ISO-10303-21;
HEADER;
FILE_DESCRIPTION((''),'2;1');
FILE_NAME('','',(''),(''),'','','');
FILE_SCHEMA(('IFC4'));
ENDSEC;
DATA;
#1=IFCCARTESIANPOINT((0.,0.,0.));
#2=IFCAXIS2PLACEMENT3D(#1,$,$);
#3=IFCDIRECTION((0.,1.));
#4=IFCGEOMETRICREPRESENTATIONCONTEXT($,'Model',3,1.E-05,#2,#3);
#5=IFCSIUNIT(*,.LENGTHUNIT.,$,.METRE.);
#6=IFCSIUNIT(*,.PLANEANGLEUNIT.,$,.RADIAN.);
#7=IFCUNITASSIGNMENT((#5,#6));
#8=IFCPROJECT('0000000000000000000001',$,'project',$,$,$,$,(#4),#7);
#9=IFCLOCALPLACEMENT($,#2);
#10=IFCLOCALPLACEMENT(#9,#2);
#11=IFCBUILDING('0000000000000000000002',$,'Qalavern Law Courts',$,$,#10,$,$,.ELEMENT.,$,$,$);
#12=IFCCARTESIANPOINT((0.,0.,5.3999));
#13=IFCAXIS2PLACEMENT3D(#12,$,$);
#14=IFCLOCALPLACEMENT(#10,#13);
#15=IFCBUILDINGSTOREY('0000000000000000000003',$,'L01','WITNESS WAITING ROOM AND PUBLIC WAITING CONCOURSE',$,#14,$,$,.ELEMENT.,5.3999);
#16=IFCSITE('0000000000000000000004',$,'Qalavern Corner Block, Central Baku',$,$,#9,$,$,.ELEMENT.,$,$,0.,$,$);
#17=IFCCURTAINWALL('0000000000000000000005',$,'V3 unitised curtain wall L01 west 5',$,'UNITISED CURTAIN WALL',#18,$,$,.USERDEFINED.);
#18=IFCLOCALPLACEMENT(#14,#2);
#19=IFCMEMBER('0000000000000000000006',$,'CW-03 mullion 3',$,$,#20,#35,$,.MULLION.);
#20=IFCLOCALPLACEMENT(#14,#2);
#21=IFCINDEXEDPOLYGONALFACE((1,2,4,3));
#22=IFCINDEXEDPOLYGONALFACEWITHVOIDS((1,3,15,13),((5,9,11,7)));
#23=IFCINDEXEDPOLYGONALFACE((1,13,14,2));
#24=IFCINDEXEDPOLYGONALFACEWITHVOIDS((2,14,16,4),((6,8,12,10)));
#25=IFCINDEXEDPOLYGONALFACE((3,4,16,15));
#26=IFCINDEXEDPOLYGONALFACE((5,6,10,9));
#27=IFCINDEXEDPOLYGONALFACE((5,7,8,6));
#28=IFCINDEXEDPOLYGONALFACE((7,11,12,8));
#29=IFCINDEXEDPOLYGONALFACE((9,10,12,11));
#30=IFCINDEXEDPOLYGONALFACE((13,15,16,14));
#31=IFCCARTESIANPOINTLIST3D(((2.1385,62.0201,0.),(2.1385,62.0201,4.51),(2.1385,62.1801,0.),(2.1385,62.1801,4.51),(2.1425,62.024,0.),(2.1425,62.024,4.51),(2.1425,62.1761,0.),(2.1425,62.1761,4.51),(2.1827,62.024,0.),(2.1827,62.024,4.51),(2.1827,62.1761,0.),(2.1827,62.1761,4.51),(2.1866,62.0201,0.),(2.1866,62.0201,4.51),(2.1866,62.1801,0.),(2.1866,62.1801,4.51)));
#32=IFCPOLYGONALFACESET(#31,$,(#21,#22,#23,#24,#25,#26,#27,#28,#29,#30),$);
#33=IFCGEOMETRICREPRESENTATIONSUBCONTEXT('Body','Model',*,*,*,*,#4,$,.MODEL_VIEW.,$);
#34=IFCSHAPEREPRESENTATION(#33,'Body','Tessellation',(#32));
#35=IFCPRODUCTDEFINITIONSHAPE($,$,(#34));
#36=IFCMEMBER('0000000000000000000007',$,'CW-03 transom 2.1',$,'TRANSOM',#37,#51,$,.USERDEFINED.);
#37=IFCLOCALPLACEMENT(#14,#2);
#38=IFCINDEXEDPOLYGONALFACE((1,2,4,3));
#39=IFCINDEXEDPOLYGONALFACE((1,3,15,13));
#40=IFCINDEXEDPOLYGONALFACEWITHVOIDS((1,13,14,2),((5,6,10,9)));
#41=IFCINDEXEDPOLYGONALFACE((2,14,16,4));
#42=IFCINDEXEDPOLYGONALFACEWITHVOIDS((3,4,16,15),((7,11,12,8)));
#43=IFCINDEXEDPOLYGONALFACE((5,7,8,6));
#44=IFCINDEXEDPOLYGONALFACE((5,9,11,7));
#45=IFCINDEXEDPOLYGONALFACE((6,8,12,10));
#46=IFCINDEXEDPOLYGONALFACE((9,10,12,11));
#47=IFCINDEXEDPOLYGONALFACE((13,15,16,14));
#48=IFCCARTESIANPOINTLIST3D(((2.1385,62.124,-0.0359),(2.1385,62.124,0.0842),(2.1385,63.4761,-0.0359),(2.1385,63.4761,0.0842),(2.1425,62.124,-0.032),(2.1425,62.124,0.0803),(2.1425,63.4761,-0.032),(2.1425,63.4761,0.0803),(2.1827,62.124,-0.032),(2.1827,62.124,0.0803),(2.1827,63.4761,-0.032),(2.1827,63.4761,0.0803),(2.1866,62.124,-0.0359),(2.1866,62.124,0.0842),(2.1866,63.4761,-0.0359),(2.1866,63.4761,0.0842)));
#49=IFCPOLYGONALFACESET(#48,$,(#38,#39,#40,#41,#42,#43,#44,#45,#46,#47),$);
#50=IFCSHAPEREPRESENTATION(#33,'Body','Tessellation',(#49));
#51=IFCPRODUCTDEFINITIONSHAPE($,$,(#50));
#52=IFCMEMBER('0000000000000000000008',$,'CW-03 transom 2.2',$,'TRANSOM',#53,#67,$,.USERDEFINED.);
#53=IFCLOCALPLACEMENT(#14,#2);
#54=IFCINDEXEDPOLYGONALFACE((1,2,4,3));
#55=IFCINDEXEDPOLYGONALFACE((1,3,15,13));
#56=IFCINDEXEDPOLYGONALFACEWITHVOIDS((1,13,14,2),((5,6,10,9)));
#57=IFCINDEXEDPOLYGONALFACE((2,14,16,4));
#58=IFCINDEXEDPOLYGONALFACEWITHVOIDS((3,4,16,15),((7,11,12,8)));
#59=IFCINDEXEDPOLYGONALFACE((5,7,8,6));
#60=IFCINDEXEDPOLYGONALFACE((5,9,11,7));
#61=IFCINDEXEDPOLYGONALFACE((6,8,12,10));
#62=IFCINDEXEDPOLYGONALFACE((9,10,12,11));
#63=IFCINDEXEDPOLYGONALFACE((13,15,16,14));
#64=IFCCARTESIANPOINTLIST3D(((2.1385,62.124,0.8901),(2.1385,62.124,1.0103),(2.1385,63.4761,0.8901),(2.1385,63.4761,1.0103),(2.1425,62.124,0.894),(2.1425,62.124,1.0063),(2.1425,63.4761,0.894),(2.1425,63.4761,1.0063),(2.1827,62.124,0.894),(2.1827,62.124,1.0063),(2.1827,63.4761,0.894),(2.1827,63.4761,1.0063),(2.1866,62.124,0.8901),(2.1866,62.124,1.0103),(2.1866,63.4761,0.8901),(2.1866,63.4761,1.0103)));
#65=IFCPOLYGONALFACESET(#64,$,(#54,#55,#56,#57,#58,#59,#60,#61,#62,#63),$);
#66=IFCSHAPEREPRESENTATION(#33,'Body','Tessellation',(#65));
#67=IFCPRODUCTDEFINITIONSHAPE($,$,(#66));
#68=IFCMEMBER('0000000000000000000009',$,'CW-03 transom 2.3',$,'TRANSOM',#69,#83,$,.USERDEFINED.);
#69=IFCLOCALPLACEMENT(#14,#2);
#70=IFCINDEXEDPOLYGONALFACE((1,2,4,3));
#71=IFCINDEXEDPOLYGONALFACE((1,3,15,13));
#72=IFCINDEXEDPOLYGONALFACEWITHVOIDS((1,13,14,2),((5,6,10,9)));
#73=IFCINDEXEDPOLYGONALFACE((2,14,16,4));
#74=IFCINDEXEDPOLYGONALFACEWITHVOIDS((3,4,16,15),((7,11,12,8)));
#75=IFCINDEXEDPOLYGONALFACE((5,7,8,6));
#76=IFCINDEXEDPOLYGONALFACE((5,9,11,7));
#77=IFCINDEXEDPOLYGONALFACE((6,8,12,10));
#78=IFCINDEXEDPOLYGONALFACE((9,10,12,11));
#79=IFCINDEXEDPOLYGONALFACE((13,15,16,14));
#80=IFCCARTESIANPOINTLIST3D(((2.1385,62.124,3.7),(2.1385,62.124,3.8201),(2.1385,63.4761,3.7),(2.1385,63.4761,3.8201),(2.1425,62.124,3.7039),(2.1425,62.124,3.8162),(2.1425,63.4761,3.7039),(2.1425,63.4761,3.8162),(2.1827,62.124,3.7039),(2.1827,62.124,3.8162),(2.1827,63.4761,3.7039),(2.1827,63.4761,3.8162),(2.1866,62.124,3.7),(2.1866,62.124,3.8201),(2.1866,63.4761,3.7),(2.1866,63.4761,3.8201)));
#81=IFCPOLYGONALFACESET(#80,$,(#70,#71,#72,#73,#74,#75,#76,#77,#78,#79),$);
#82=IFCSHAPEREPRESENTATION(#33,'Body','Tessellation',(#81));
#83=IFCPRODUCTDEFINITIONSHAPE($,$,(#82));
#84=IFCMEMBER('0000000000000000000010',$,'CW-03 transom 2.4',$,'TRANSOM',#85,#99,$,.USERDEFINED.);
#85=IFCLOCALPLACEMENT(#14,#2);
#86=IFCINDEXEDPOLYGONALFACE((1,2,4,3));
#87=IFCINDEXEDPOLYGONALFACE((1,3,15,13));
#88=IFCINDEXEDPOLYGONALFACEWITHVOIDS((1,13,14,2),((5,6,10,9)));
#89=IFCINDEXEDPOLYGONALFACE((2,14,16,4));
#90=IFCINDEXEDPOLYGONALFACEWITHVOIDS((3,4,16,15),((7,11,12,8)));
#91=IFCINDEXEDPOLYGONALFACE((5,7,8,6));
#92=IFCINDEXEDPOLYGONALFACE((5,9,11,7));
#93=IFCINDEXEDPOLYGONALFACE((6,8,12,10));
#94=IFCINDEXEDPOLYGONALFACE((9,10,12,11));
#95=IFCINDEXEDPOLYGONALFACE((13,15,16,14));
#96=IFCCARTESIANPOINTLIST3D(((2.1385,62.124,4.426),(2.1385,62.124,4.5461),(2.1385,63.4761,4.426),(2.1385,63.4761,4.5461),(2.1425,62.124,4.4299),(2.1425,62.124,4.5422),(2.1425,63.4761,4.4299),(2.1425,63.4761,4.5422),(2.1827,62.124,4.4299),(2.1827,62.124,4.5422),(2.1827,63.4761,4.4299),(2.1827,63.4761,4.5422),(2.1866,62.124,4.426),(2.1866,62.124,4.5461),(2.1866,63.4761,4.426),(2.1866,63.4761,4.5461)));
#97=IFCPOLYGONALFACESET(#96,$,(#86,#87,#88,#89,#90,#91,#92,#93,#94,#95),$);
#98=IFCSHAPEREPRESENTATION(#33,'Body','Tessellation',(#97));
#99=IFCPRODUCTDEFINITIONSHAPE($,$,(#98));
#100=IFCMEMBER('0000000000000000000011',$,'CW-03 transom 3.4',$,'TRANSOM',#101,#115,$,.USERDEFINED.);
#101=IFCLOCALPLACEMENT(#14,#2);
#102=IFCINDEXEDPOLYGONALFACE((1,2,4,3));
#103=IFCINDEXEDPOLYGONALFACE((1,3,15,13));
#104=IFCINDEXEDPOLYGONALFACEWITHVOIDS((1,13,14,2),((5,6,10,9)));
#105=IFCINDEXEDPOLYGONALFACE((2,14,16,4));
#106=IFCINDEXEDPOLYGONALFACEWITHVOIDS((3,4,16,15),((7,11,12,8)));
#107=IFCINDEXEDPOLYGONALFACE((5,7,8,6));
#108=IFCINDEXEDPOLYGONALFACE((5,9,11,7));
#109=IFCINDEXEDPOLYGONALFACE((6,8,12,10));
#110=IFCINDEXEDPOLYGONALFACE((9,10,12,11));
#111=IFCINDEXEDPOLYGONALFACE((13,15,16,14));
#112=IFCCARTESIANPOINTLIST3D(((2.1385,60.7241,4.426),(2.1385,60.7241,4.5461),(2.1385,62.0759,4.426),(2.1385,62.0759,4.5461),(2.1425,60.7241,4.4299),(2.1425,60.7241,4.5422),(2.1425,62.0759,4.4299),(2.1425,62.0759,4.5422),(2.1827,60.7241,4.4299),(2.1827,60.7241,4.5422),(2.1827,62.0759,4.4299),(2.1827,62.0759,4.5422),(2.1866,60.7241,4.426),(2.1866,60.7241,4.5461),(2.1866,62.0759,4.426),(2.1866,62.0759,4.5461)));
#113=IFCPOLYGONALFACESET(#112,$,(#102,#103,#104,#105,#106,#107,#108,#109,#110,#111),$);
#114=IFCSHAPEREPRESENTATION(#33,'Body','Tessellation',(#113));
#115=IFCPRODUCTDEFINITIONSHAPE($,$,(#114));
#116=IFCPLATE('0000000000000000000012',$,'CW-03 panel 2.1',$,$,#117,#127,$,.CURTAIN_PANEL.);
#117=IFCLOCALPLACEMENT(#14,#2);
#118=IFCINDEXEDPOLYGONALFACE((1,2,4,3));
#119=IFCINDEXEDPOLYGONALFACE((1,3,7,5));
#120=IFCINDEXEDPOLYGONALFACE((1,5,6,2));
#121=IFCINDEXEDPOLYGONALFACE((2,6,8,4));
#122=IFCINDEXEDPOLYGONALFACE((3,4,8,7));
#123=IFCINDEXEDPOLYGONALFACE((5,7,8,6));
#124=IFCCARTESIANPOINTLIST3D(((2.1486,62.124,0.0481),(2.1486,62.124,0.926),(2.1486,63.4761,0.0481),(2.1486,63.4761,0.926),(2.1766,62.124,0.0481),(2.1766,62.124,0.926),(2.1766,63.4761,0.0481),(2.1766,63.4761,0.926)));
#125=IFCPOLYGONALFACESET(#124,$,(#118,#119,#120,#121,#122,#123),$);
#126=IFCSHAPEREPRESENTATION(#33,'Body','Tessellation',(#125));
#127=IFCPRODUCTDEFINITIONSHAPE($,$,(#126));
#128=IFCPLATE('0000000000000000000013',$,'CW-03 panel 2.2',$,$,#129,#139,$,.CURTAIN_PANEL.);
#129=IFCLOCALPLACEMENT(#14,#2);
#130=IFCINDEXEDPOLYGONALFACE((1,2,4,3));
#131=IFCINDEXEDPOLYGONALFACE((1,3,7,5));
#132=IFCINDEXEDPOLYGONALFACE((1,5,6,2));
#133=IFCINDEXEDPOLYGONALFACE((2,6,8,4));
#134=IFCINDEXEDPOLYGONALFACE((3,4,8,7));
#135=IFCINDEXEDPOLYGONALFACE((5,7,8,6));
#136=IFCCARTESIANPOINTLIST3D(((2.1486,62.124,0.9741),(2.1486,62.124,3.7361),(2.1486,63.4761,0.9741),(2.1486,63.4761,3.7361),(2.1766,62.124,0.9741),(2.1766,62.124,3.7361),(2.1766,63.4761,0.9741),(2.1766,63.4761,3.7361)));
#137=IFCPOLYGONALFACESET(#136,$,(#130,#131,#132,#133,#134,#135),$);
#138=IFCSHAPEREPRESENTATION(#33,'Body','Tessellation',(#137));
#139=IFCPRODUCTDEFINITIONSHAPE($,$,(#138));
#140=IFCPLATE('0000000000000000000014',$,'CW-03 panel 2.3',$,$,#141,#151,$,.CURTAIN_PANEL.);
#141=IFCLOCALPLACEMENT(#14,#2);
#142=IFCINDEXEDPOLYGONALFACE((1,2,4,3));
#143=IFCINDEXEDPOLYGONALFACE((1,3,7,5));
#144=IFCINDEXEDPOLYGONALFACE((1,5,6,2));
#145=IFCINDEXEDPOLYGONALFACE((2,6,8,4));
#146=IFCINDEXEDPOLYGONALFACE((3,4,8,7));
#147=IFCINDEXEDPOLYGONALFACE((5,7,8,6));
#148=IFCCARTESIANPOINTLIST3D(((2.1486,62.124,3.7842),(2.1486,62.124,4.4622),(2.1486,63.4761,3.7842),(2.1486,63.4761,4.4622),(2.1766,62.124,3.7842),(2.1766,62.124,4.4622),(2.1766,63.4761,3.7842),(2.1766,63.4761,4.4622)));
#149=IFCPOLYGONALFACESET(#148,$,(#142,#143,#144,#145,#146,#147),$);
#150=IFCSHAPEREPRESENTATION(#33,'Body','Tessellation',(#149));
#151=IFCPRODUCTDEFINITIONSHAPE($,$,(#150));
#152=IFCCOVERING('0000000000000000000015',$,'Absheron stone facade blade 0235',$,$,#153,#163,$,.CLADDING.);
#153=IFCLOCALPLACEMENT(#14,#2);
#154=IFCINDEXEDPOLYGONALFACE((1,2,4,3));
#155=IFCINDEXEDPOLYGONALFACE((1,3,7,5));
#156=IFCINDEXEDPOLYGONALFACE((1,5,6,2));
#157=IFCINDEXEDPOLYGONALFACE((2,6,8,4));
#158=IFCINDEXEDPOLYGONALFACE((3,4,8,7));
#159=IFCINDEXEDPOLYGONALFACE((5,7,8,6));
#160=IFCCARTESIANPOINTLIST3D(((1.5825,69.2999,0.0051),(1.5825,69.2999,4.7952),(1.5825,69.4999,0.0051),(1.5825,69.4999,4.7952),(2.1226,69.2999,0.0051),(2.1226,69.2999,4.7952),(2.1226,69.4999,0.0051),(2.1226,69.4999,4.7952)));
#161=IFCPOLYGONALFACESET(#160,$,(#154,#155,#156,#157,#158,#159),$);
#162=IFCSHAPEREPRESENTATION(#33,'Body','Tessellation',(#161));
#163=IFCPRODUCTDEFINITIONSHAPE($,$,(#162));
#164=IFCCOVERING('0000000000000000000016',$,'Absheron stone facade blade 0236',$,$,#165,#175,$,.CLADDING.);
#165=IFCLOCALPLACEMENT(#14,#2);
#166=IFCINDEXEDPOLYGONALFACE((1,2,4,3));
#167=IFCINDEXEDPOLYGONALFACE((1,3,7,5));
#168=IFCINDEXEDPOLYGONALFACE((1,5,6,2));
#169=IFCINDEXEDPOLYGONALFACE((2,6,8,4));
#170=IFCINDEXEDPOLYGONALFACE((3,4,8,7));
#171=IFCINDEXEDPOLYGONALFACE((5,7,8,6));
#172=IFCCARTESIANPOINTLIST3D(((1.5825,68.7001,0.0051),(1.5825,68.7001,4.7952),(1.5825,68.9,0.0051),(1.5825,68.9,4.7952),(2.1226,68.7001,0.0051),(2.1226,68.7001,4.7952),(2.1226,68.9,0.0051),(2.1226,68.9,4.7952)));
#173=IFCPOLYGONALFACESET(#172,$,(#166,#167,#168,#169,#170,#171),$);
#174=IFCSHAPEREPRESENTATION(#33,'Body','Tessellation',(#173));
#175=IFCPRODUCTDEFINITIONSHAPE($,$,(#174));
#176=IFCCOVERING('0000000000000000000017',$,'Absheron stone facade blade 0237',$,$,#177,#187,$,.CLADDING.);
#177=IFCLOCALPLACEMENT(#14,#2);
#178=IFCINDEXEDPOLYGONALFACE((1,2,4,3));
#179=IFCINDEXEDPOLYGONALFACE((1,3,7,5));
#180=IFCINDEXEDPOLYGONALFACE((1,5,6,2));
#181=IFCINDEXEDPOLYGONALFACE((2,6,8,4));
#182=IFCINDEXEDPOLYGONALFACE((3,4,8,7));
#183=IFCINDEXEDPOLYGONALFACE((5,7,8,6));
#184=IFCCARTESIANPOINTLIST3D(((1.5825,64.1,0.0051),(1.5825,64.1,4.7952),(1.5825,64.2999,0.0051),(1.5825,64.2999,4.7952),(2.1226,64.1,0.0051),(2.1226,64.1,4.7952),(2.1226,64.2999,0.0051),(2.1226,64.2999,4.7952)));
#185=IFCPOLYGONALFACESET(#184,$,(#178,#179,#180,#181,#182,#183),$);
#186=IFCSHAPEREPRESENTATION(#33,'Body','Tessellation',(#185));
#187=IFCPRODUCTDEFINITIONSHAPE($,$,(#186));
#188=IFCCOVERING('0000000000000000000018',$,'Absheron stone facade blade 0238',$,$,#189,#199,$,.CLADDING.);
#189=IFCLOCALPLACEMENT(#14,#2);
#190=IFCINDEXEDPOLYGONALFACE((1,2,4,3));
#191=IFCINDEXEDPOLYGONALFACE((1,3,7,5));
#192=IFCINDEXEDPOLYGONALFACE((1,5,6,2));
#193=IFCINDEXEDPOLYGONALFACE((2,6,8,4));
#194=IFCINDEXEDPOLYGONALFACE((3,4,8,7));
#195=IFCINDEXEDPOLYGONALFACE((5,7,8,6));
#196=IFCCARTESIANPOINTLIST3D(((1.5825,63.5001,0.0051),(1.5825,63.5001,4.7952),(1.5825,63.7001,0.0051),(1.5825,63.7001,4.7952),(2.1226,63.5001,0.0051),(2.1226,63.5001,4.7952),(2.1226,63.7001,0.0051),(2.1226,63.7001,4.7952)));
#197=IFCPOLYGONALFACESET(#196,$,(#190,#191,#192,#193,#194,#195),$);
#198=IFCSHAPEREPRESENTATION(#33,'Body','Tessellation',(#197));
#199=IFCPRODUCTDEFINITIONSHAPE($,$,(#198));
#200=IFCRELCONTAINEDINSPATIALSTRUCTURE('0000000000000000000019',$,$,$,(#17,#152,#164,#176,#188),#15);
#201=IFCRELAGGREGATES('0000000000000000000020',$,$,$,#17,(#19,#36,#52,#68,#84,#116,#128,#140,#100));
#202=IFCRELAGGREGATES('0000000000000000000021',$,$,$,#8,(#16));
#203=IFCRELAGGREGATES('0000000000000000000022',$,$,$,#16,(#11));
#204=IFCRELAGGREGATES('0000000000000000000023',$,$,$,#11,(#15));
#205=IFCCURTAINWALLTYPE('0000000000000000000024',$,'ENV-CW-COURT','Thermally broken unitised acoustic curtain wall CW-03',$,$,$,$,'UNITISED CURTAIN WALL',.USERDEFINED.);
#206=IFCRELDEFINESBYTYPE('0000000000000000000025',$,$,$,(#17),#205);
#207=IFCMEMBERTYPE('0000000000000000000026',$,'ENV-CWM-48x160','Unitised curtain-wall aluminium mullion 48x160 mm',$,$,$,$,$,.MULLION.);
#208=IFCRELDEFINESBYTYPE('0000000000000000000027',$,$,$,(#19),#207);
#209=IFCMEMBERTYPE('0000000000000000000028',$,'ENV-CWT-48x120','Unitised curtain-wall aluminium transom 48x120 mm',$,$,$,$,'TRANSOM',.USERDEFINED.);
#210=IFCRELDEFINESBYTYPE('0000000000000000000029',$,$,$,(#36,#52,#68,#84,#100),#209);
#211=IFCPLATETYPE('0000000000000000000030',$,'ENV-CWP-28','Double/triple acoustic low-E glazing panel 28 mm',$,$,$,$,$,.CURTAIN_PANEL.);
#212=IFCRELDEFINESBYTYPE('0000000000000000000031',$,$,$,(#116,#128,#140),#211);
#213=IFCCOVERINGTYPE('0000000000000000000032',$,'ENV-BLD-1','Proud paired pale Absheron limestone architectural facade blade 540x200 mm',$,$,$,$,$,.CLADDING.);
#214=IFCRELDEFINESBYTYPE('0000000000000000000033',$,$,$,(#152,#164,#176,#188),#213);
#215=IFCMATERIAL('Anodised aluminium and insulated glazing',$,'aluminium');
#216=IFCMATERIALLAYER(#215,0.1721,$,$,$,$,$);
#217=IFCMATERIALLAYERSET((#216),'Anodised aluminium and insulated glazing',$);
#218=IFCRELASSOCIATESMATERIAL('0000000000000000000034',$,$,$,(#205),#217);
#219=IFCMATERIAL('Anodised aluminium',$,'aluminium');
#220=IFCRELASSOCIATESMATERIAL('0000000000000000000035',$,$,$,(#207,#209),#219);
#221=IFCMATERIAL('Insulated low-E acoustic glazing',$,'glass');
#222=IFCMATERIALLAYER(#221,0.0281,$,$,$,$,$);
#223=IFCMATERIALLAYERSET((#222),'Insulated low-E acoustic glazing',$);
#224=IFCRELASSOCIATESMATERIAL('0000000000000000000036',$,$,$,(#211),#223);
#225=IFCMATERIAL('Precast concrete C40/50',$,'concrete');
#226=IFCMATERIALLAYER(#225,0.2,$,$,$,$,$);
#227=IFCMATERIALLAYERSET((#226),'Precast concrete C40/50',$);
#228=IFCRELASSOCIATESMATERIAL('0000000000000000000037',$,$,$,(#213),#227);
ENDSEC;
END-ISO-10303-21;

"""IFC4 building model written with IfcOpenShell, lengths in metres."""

from ifc_helpers import new_model, si_unit, direction, frame, origin, origin_2d, place, context, subcontext, project, spatial, rectangle, hollow_rectangle, extrude, material, layer, layer_set, material_profile, profile_set, type_object, element, aggregate, save


model = new_model("IFC4")

# Units and contexts
model_context = context("Model", 3, precision=1e-05, world=origin(), true_north=direction((0.0, 1.0)))
body_context = subcontext(model_context, "Body", "Model", "MODEL_VIEW")
ifc_project = project(units=[si_unit("LENGTHUNIT", "METRE"), si_unit("PLANEANGLEUNIT", "RADIAN")], contexts=[model_context])

# Site, building, storey
site_placement = place(None, origin())
site = spatial("IfcSite", under=ifc_project, at=site_placement, Name="Qalavern Corner Block, Central Baku", CompositionType="ELEMENT", RefElevation=0.0)
building_placement = place(site_placement, origin())
building = spatial("IfcBuilding", under=site, at=building_placement, Name="Qalavern Law Courts", CompositionType="ELEMENT")
storey_placement = place(building_placement, frame((0.0, 0.0, 5.3999)))
storey = spatial("IfcBuildingStorey", under=building, at=storey_placement, Name="L01", Description="WITNESS WAITING ROOM AND PUBLIC WAITING CONCOURSE", CompositionType="ELEMENT", Elevation=5.3999)

# Curtain wall, members, plates
ifc_material_1 = material(Name="Anodised aluminium and insulated glazing", Category="aluminium")
ifc_layer_1 = layer(ifc_material_1, 0.1721)
ifc_layer_set_1 = layer_set([ifc_layer_1], Name="Anodised aluminium and insulated glazing")
curtain_wall_type = type_object("IfcCurtainWallType", Name="ENV-CW-COURT", Description="Thermally broken unitised acoustic curtain wall CW-03", ElementType="UNITISED CURTAIN WALL", PredefinedType="USERDEFINED", material=ifc_layer_set_1)
curtain_wall_placement = place(storey_placement, origin())
curtain_wall = element("IfcCurtainWall", 1, at=curtain_wall_placement, inside=storey, type_object=curtain_wall_type, Name="V3 unitised curtain wall L01 west 5", ObjectType="UNITISED CURTAIN WALL", PredefinedType="USERDEFINED")
ifc_material_2 = material(Name="Anodised aluminium", Category="aluminium")
ifc_material_profile_1 = material_profile(ifc_material_2, hollow_rectangle(XDim=0.0481, YDim=0.1599, WallThickness=0.0039, at=origin_2d()), Name="ALU MULLION 48x160")
ifc_profile_set_1 = profile_set([ifc_material_profile_1], Name="Anodised aluminium")
member_type_1 = type_object("IfcMemberType", Name="ENV-CWM-48x160", Description="Unitised curtain-wall aluminium mullion 48x160 mm", PredefinedType="MULLION", material=ifc_profile_set_1)
member_1_placement = place(storey_placement, frame((2.1626, 62.1001, 0.0), z_axis=(0.0, 0.0, 1.0), x_axis=(1.0, 0.0, 0.0)))
member_1 = element("IfcMember", 2, at=member_1_placement, type_object=member_type_1, Name="CW-03 mullion 3", PredefinedType="MULLION", context=body_context, shape_type="SweptSolid", body=[
    extrude(hollow_rectangle(XDim=0.0481, YDim=0.1599, WallThickness=0.0039, at=origin_2d()), origin(), (0.0, 0.0, 1.0), 4.51),
])
ifc_material_profile_2 = material_profile(ifc_material_2, hollow_rectangle(XDim=0.0481, YDim=0.1201, WallThickness=0.0039, at=origin_2d()), Name="ALU TRANSOM 48x120")
ifc_profile_set_2 = profile_set([ifc_material_profile_2], Name="Anodised aluminium")
member_type_2 = type_object("IfcMemberType", Name="ENV-CWT-48x120", Description="Unitised curtain-wall aluminium transom 48x120 mm", ElementType="TRANSOM", PredefinedType="USERDEFINED", material=ifc_profile_set_2)
member_2_placement = place(storey_placement, frame((2.1626, 63.4761, 0.0242), z_axis=(0.0, -1.0, 0.0), x_axis=(1.0, 0.0, 0.0)))
member_2 = element("IfcMember", 3, at=member_2_placement, type_object=member_type_2, Name="CW-03 transom 2.1", ObjectType="TRANSOM", PredefinedType="USERDEFINED", context=body_context, shape_type="SweptSolid", body=[
    extrude(hollow_rectangle(XDim=0.0481, YDim=0.1201, WallThickness=0.0039, at=origin_2d()), origin(), (0.0, 0.0, 1.0), 1.3521),
])
member_3_placement = place(storey_placement, frame((2.1626, 63.4761, 0.9502), z_axis=(0.0, -1.0, 0.0), x_axis=(1.0, 0.0, 0.0)))
member_3 = element("IfcMember", 4, at=member_3_placement, type_object=member_type_2, Name="CW-03 transom 2.2", ObjectType="TRANSOM", PredefinedType="USERDEFINED", context=body_context, shape_type="SweptSolid", body=[
    extrude(hollow_rectangle(XDim=0.0481, YDim=0.1201, WallThickness=0.0039, at=origin_2d()), origin(), (0.0, 0.0, 1.0), 1.3521),
])
member_4_placement = place(storey_placement, frame((2.1626, 63.4761, 3.76), z_axis=(0.0, -1.0, 0.0), x_axis=(1.0, 0.0, 0.0)))
member_4 = element("IfcMember", 5, at=member_4_placement, type_object=member_type_2, Name="CW-03 transom 2.3", ObjectType="TRANSOM", PredefinedType="USERDEFINED", context=body_context, shape_type="SweptSolid", body=[
    extrude(hollow_rectangle(XDim=0.0481, YDim=0.1201, WallThickness=0.0039, at=origin_2d()), origin(), (0.0, 0.0, 1.0), 1.3521),
])
member_5_placement = place(storey_placement, frame((2.1626, 63.4761, 4.4861), z_axis=(0.0, -1.0, 0.0), x_axis=(1.0, 0.0, 0.0)))
member_5 = element("IfcMember", 6, at=member_5_placement, type_object=member_type_2, Name="CW-03 transom 2.4", ObjectType="TRANSOM", PredefinedType="USERDEFINED", context=body_context, shape_type="SweptSolid", body=[
    extrude(hollow_rectangle(XDim=0.0481, YDim=0.1201, WallThickness=0.0039, at=origin_2d()), origin(), (0.0, 0.0, 1.0), 1.3521),
])
member_6_placement = place(storey_placement, frame((2.1626, 62.0759, 4.4861), z_axis=(0.0, -1.0, 0.0), x_axis=(1.0, 0.0, 0.0)))
member_6 = element("IfcMember", 7, at=member_6_placement, type_object=member_type_2, Name="CW-03 transom 3.4", ObjectType="TRANSOM", PredefinedType="USERDEFINED", context=body_context, shape_type="SweptSolid", body=[
    extrude(hollow_rectangle(XDim=0.0481, YDim=0.1201, WallThickness=0.0039, at=origin_2d()), origin(), (0.0, 0.0, 1.0), 1.3518),
])
ifc_material_3 = material(Name="Insulated low-E acoustic glazing", Category="glass")
ifc_layer_2 = layer(ifc_material_3, 0.0281)
ifc_layer_set_2 = layer_set([ifc_layer_2], Name="Insulated low-E acoustic glazing")
plate_type = type_object("IfcPlateType", Name="ENV-CWP-28", Description="Double/triple acoustic low-E glazing panel 28 mm", PredefinedType="CURTAIN_PANEL", material=ifc_layer_set_2)
plate_1_placement = place(storey_placement, frame((2.1626, 62.8, 0.0481), z_axis=(0.0, 0.0, 1.0), x_axis=(0.0, -1.0, 0.0)))
plate_1 = element("IfcPlate", 8, at=plate_1_placement, type_object=plate_type, Name="CW-03 panel 2.1", PredefinedType="CURTAIN_PANEL", context=body_context, shape_type="SweptSolid", body=[
    extrude(rectangle(XDim=1.3521, YDim=0.0281, at=origin_2d()), origin(), (0.0, 0.0, 1.0), 0.8779),
])
plate_2_placement = place(storey_placement, frame((2.1626, 62.8, 0.9741), z_axis=(0.0, 0.0, 1.0), x_axis=(0.0, -1.0, 0.0)))
plate_2 = element("IfcPlate", 9, at=plate_2_placement, type_object=plate_type, Name="CW-03 panel 2.2", PredefinedType="CURTAIN_PANEL", context=body_context, shape_type="SweptSolid", body=[
    extrude(rectangle(XDim=1.3521, YDim=0.0281, at=origin_2d()), origin(), (0.0, 0.0, 1.0), 2.762),
])
plate_3_placement = place(storey_placement, frame((2.1626, 62.8, 3.7842), z_axis=(0.0, 0.0, 1.0), x_axis=(0.0, -1.0, 0.0)))
plate_3 = element("IfcPlate", 10, at=plate_3_placement, type_object=plate_type, Name="CW-03 panel 2.3", PredefinedType="CURTAIN_PANEL", context=body_context, shape_type="SweptSolid", body=[
    extrude(rectangle(XDim=1.3521, YDim=0.0281, at=origin_2d()), origin(), (0.0, 0.0, 1.0), 0.678),
])
aggregate(curtain_wall, [member_1, member_2, member_3, member_4, member_5, plate_1, plate_2, plate_3, member_6])

# Coverings
ifc_material_4 = material(Name="Precast concrete C40/50", Category="concrete")
ifc_layer_3 = layer(ifc_material_4, 0.2)
ifc_layer_set_3 = layer_set([ifc_layer_3], Name="Precast concrete C40/50")
covering_type_1 = type_object("IfcCoveringType", Name="ENV-BLD-1", Description="Proud paired pale Absheron limestone architectural facade blade 540x200 mm", PredefinedType="CLADDING", material=ifc_layer_set_3)
for number, where, z_axis, x_axis, name in (
    (11, (1.8525, 69.3999, 0.0051), (0.0, 0.0, 1.0), (-1.0, 0.0, 0.0), "Absheron stone facade blade 0235"),
    (12, (1.8525, 68.8, 0.0051), (0.0, 0.0, 1.0), (-1.0, 0.0, 0.0), "Absheron stone facade blade 0236"),
    (13, (1.8525, 64.2, 0.0051), (0.0, 0.0, 1.0), (-1.0, 0.0, 0.0), "Absheron stone facade blade 0237"),
    (14, (1.8525, 63.6001, 0.0051), (0.0, 0.0, 1.0), (-1.0, 0.0, 0.0), "Absheron stone facade blade 0238"),
):
    element("IfcCovering", number, at=place(storey_placement, frame(where, z_axis=z_axis, x_axis=x_axis)), inside=storey, type_object=covering_type_1, Name=name, PredefinedType="CLADDING", context=body_context, shape_type="SweptSolid", body=[
        extrude(rectangle(XDim=0.54, YDim=0.2, at=origin_2d()), origin(), (0.0, 0.0, 1.0), 4.79),
    ])

save(model, "model.ifc")
